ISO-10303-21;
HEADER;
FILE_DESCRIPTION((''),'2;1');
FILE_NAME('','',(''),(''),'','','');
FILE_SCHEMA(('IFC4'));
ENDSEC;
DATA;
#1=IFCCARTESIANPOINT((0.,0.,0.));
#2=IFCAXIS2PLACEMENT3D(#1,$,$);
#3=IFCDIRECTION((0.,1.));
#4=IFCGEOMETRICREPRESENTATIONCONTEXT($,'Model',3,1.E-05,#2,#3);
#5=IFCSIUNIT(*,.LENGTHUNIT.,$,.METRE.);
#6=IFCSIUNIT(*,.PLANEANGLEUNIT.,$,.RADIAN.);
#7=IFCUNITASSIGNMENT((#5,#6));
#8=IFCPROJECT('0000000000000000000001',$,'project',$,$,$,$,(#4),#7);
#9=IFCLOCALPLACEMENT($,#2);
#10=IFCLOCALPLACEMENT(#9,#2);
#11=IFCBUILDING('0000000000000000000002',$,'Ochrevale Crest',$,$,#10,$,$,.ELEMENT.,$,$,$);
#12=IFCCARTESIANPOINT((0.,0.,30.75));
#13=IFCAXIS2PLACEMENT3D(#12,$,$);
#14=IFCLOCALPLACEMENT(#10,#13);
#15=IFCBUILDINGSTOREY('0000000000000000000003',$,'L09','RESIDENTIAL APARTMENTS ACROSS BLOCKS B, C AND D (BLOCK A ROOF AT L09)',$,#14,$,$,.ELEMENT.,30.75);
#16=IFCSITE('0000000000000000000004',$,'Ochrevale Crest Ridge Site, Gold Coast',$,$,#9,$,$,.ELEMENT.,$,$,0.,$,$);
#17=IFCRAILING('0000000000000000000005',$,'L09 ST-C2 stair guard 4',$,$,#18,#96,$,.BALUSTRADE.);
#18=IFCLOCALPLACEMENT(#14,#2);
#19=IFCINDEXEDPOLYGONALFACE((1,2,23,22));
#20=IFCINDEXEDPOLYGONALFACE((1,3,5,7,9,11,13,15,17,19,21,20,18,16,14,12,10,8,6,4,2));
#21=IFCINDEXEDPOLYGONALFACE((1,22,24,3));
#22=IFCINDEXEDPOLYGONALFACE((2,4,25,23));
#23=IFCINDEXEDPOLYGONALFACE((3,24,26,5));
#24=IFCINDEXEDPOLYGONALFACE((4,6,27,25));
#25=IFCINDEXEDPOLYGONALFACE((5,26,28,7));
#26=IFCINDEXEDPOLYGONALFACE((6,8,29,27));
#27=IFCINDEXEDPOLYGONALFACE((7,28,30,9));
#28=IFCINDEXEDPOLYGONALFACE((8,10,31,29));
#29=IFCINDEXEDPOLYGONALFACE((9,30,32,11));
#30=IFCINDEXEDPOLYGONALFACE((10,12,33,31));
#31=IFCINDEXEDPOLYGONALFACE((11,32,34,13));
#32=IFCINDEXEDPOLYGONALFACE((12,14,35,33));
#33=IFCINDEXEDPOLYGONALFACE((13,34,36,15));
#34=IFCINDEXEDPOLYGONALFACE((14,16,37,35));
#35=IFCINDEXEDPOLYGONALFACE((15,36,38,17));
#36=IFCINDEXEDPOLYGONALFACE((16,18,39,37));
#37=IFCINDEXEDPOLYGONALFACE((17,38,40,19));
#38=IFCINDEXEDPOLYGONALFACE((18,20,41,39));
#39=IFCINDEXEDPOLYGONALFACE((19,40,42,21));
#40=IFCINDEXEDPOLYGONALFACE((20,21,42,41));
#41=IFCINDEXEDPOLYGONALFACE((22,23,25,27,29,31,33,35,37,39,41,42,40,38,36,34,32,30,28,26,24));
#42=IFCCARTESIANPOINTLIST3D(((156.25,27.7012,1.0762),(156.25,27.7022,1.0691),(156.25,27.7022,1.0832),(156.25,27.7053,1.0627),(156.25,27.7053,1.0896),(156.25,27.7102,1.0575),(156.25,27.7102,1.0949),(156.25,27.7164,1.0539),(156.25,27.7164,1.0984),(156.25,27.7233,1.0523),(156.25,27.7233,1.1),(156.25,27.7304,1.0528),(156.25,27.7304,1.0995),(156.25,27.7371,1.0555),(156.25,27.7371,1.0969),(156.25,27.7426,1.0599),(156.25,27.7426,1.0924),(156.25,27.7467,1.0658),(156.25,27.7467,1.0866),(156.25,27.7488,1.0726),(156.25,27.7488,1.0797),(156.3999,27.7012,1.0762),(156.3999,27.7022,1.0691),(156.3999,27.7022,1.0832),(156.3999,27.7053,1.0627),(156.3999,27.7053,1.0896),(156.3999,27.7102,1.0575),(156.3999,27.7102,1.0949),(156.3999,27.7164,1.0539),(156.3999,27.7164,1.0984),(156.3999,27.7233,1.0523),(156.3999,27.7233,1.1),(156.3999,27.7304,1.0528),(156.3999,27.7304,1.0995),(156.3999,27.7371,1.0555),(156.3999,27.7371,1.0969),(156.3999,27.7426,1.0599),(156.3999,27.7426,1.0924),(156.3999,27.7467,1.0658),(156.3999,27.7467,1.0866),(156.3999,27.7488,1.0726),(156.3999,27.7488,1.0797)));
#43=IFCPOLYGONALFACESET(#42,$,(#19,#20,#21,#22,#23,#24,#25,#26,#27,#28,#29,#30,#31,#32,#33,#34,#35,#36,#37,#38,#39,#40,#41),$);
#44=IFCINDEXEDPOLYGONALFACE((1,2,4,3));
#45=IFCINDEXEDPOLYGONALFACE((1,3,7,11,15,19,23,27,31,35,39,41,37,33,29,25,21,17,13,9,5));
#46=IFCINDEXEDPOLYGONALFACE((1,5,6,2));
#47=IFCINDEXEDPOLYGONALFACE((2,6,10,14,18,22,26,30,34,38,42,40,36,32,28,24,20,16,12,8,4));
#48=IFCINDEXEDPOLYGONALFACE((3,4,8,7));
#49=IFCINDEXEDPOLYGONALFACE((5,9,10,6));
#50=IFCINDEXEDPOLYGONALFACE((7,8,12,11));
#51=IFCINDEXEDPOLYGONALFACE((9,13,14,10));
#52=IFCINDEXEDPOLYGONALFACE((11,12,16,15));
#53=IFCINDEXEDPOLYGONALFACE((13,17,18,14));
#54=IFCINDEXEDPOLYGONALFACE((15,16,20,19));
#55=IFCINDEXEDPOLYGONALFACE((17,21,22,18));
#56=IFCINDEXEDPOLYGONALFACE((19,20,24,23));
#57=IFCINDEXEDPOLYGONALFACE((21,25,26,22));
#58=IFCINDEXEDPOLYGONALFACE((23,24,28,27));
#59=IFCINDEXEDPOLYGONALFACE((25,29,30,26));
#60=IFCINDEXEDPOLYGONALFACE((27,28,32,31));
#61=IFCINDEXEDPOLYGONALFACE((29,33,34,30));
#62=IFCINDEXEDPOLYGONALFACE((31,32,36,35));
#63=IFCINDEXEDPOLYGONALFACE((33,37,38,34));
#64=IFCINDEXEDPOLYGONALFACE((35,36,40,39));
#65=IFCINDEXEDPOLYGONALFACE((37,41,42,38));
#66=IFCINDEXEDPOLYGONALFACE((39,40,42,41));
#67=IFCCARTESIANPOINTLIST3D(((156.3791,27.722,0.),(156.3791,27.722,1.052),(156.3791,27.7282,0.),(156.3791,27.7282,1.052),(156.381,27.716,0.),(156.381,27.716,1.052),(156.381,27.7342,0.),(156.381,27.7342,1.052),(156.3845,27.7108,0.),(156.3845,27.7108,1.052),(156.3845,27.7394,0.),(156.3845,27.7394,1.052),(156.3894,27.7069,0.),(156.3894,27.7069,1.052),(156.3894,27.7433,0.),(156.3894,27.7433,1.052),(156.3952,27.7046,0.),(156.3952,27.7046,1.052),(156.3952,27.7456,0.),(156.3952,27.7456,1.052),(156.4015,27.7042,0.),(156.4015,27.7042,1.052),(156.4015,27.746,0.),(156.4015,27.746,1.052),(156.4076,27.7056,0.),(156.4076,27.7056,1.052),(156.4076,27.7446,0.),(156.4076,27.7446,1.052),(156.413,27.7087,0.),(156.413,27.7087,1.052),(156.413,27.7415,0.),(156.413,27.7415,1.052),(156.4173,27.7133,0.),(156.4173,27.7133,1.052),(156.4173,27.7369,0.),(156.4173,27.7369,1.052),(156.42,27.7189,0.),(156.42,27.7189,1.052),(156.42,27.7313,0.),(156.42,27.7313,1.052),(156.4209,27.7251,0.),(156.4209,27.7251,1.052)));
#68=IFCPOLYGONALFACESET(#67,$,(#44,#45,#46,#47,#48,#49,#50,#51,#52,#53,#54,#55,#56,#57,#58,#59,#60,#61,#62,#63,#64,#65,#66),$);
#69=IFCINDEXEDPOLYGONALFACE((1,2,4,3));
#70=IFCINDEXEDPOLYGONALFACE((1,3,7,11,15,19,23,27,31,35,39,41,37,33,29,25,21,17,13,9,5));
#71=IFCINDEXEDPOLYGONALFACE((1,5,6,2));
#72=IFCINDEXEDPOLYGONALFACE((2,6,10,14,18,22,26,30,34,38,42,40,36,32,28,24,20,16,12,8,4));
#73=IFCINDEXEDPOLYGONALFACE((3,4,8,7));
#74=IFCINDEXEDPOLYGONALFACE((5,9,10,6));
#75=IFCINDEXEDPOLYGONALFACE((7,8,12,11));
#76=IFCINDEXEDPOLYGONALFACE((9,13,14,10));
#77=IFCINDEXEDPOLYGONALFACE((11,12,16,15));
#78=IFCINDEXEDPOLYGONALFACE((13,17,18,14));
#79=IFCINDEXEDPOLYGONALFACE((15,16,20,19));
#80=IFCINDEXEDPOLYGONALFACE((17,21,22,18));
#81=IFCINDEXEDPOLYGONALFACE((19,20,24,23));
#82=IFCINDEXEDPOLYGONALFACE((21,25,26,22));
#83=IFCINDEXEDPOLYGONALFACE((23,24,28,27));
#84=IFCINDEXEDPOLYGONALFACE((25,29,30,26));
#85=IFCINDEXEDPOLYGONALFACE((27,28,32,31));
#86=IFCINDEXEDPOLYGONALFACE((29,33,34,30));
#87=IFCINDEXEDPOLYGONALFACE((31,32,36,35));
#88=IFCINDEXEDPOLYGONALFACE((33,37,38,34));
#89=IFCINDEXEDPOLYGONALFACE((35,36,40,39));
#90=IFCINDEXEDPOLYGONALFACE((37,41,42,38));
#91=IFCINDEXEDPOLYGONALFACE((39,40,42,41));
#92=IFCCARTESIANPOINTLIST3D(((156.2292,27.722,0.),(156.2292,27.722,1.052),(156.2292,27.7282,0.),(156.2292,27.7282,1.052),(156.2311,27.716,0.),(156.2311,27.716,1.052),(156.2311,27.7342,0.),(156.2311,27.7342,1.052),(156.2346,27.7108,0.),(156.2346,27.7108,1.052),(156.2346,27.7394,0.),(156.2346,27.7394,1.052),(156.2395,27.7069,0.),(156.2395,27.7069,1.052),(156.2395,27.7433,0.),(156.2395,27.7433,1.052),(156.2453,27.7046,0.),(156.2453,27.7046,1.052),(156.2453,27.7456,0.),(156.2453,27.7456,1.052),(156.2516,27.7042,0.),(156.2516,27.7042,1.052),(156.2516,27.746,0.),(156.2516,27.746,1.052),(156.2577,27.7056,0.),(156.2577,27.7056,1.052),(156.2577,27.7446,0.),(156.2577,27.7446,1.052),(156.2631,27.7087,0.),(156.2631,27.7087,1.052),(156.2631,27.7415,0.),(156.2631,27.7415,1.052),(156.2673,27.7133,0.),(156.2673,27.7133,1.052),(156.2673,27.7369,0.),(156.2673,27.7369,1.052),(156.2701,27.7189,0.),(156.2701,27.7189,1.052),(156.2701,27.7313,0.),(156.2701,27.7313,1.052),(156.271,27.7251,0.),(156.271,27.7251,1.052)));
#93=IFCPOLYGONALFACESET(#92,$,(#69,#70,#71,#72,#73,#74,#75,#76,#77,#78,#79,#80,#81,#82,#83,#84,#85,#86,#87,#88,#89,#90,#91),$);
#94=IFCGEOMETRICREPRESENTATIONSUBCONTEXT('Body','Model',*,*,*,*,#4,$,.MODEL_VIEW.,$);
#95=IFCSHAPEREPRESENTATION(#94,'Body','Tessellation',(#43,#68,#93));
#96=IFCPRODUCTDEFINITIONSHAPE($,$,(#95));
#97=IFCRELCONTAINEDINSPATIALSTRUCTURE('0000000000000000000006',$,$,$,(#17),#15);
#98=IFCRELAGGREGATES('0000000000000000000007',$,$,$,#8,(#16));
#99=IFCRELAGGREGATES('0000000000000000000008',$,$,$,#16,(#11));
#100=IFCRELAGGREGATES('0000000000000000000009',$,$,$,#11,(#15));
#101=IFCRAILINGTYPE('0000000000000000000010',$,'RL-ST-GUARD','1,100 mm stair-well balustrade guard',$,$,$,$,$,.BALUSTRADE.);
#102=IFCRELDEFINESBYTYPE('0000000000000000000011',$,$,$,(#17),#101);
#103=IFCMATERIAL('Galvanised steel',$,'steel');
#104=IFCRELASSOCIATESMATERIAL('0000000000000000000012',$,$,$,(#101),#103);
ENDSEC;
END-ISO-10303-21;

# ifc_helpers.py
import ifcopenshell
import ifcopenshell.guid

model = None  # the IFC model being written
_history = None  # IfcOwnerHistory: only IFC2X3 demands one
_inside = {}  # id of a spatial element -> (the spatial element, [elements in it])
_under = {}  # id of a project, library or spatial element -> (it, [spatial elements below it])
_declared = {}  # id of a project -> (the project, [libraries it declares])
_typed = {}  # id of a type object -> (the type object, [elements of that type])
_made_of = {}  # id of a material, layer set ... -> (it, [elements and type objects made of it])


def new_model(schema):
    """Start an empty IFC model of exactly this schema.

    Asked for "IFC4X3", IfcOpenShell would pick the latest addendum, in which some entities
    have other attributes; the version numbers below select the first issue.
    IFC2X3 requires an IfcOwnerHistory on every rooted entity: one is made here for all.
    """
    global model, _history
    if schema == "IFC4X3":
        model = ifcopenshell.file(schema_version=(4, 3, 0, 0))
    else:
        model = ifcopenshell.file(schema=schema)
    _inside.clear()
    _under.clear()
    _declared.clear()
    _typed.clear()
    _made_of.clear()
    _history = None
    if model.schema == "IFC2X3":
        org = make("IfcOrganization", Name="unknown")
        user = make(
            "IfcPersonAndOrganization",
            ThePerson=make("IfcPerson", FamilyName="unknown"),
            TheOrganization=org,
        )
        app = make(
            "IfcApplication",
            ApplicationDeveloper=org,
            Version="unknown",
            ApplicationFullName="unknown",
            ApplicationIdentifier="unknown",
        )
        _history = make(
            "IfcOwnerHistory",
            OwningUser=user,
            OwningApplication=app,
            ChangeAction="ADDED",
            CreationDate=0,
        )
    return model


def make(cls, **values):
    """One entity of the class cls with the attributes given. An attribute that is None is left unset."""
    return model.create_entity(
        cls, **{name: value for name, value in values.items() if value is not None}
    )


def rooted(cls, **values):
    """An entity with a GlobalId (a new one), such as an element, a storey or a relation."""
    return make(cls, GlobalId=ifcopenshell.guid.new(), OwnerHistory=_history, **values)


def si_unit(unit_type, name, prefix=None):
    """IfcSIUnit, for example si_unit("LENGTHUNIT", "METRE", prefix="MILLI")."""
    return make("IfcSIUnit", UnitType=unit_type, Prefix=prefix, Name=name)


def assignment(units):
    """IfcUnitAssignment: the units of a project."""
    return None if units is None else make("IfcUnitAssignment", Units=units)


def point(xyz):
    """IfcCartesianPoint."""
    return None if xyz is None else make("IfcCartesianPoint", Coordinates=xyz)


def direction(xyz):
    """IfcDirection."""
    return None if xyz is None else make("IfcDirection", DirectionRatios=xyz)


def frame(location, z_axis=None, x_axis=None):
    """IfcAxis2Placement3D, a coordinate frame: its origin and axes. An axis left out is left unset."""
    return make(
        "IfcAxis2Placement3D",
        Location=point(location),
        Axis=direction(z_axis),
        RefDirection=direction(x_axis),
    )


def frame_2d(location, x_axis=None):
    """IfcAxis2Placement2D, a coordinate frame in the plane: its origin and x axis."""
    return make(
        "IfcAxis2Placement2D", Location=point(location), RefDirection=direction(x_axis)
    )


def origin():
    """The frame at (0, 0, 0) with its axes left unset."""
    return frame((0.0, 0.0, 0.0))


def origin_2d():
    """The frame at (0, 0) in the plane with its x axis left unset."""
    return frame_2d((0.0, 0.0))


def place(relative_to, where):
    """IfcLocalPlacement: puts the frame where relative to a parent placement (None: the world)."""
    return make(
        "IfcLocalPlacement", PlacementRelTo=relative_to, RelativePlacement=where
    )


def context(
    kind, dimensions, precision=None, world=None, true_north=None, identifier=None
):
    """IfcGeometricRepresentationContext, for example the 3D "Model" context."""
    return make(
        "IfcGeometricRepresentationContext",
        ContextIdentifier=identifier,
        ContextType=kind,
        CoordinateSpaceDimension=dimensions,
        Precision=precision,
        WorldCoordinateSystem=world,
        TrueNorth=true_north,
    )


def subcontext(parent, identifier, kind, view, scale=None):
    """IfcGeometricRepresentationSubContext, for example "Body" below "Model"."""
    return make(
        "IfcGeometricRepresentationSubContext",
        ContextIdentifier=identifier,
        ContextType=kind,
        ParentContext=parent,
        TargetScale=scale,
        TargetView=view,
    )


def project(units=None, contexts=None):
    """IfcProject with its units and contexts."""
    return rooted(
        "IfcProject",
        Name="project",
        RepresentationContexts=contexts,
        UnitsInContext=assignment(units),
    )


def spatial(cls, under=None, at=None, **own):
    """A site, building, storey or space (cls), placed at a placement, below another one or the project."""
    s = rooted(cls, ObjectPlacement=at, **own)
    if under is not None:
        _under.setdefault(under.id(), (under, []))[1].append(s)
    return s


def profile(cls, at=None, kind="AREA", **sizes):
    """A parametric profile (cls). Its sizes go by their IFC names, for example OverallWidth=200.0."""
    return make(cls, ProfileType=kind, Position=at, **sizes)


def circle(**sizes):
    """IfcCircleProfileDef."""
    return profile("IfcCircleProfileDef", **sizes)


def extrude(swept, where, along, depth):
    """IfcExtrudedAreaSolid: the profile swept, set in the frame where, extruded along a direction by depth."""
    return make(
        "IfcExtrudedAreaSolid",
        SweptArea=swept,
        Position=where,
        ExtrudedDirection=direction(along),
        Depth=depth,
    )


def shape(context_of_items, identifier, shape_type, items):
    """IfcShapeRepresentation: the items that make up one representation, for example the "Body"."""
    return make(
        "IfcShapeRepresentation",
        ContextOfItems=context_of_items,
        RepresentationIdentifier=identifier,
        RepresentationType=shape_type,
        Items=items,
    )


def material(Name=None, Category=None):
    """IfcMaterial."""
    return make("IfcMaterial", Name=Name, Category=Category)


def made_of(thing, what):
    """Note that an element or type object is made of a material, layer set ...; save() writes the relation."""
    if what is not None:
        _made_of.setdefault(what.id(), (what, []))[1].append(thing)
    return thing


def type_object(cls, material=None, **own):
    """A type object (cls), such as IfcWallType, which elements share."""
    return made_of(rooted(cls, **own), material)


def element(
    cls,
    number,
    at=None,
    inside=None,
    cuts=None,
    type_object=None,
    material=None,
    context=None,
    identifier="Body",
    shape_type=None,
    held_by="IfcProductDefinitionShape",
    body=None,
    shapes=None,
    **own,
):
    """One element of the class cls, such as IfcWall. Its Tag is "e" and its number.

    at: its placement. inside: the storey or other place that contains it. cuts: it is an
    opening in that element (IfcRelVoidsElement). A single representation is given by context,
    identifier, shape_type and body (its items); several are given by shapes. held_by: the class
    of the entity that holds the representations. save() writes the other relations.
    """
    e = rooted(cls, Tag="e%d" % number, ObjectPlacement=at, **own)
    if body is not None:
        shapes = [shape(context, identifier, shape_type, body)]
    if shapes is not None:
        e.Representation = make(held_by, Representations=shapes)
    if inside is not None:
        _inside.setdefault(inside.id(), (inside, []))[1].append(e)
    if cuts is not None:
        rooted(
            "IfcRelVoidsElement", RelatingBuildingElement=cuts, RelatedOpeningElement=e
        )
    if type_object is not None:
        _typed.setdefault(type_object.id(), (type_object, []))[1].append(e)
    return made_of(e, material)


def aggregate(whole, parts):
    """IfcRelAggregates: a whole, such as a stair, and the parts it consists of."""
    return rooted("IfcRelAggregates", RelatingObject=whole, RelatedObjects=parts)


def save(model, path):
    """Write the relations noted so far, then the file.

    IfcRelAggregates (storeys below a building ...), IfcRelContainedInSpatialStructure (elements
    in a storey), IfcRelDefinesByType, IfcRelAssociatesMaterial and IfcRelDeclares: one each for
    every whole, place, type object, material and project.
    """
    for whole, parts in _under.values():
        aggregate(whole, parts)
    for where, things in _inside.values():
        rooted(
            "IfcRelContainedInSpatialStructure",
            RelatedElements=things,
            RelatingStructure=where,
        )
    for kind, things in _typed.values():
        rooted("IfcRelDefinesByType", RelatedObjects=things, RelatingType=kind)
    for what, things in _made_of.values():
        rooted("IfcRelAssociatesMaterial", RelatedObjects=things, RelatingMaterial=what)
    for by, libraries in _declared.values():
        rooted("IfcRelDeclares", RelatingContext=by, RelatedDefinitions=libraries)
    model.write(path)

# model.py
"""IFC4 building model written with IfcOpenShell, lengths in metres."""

from ifc_helpers import new_model, si_unit, direction, frame, origin, origin_2d, place, context, subcontext, project, spatial, circle, extrude, material, type_object, element, save


model = new_model("IFC4")

# Units and contexts
model_context = context("Model", 3, precision=1e-05, world=origin(), true_north=direction((0.0, 1.0)))
body_context = subcontext(model_context, "Body", "Model", "MODEL_VIEW")
ifc_project = project(units=[si_unit("LENGTHUNIT", "METRE"), si_unit("PLANEANGLEUNIT", "RADIAN")], contexts=[model_context])

# Site, building, storey
site_placement = place(None, origin())
site = spatial("IfcSite", under=ifc_project, at=site_placement, Name="Ochrevale Crest Ridge Site, Gold Coast", CompositionType="ELEMENT", RefElevation=0.0)
building_placement = place(site_placement, origin())
building = spatial("IfcBuilding", under=site, at=building_placement, Name="Ochrevale Crest", CompositionType="ELEMENT")
storey_placement = place(building_placement, frame((0.0, 0.0, 30.75)))
storey = spatial("IfcBuildingStorey", under=building, at=storey_placement, Name="L09", Description="RESIDENTIAL APARTMENTS ACROSS BLOCKS B, C AND D (BLOCK A ROOF AT L09)", CompositionType="ELEMENT", Elevation=30.75)

# Railing
ifc_material_1 = material(Name="Galvanised steel", Category="steel")
railing_type_1 = type_object("IfcRailingType", Name="RL-ST-GUARD", Description="1,100 mm stair-well balustrade guard", PredefinedType="BALUSTRADE", material=ifc_material_1)
railing_1_placement = place(storey_placement, frame((156.3999, 27.7251, 0.0)))
element("IfcRailing", 1, at=railing_1_placement, inside=storey, type_object=railing_type_1, Name="L09 ST-C2 stair guard 4", PredefinedType="BALUSTRADE", context=body_context, shape_type="SweptSolid", body=[
    extrude(circle(Radius=0.0239, at=origin_2d()), frame((0.0, 0.0, 1.0762), z_axis=(-1.0, 0.0, 0.0), x_axis=(0.0, -1.0, 0.0)), (0.0, 0.0, 1.0), 0.1499),
    extrude(circle(Radius=0.021, at=origin_2d()), origin(), (0.0, 0.0, 1.0), 1.052),
    extrude(circle(Radius=0.021, at=origin_2d()), frame((-0.1499, 0.0, 0.0)), (0.0, 0.0, 1.0), 1.052),
])

save(model, "model.ifc")
